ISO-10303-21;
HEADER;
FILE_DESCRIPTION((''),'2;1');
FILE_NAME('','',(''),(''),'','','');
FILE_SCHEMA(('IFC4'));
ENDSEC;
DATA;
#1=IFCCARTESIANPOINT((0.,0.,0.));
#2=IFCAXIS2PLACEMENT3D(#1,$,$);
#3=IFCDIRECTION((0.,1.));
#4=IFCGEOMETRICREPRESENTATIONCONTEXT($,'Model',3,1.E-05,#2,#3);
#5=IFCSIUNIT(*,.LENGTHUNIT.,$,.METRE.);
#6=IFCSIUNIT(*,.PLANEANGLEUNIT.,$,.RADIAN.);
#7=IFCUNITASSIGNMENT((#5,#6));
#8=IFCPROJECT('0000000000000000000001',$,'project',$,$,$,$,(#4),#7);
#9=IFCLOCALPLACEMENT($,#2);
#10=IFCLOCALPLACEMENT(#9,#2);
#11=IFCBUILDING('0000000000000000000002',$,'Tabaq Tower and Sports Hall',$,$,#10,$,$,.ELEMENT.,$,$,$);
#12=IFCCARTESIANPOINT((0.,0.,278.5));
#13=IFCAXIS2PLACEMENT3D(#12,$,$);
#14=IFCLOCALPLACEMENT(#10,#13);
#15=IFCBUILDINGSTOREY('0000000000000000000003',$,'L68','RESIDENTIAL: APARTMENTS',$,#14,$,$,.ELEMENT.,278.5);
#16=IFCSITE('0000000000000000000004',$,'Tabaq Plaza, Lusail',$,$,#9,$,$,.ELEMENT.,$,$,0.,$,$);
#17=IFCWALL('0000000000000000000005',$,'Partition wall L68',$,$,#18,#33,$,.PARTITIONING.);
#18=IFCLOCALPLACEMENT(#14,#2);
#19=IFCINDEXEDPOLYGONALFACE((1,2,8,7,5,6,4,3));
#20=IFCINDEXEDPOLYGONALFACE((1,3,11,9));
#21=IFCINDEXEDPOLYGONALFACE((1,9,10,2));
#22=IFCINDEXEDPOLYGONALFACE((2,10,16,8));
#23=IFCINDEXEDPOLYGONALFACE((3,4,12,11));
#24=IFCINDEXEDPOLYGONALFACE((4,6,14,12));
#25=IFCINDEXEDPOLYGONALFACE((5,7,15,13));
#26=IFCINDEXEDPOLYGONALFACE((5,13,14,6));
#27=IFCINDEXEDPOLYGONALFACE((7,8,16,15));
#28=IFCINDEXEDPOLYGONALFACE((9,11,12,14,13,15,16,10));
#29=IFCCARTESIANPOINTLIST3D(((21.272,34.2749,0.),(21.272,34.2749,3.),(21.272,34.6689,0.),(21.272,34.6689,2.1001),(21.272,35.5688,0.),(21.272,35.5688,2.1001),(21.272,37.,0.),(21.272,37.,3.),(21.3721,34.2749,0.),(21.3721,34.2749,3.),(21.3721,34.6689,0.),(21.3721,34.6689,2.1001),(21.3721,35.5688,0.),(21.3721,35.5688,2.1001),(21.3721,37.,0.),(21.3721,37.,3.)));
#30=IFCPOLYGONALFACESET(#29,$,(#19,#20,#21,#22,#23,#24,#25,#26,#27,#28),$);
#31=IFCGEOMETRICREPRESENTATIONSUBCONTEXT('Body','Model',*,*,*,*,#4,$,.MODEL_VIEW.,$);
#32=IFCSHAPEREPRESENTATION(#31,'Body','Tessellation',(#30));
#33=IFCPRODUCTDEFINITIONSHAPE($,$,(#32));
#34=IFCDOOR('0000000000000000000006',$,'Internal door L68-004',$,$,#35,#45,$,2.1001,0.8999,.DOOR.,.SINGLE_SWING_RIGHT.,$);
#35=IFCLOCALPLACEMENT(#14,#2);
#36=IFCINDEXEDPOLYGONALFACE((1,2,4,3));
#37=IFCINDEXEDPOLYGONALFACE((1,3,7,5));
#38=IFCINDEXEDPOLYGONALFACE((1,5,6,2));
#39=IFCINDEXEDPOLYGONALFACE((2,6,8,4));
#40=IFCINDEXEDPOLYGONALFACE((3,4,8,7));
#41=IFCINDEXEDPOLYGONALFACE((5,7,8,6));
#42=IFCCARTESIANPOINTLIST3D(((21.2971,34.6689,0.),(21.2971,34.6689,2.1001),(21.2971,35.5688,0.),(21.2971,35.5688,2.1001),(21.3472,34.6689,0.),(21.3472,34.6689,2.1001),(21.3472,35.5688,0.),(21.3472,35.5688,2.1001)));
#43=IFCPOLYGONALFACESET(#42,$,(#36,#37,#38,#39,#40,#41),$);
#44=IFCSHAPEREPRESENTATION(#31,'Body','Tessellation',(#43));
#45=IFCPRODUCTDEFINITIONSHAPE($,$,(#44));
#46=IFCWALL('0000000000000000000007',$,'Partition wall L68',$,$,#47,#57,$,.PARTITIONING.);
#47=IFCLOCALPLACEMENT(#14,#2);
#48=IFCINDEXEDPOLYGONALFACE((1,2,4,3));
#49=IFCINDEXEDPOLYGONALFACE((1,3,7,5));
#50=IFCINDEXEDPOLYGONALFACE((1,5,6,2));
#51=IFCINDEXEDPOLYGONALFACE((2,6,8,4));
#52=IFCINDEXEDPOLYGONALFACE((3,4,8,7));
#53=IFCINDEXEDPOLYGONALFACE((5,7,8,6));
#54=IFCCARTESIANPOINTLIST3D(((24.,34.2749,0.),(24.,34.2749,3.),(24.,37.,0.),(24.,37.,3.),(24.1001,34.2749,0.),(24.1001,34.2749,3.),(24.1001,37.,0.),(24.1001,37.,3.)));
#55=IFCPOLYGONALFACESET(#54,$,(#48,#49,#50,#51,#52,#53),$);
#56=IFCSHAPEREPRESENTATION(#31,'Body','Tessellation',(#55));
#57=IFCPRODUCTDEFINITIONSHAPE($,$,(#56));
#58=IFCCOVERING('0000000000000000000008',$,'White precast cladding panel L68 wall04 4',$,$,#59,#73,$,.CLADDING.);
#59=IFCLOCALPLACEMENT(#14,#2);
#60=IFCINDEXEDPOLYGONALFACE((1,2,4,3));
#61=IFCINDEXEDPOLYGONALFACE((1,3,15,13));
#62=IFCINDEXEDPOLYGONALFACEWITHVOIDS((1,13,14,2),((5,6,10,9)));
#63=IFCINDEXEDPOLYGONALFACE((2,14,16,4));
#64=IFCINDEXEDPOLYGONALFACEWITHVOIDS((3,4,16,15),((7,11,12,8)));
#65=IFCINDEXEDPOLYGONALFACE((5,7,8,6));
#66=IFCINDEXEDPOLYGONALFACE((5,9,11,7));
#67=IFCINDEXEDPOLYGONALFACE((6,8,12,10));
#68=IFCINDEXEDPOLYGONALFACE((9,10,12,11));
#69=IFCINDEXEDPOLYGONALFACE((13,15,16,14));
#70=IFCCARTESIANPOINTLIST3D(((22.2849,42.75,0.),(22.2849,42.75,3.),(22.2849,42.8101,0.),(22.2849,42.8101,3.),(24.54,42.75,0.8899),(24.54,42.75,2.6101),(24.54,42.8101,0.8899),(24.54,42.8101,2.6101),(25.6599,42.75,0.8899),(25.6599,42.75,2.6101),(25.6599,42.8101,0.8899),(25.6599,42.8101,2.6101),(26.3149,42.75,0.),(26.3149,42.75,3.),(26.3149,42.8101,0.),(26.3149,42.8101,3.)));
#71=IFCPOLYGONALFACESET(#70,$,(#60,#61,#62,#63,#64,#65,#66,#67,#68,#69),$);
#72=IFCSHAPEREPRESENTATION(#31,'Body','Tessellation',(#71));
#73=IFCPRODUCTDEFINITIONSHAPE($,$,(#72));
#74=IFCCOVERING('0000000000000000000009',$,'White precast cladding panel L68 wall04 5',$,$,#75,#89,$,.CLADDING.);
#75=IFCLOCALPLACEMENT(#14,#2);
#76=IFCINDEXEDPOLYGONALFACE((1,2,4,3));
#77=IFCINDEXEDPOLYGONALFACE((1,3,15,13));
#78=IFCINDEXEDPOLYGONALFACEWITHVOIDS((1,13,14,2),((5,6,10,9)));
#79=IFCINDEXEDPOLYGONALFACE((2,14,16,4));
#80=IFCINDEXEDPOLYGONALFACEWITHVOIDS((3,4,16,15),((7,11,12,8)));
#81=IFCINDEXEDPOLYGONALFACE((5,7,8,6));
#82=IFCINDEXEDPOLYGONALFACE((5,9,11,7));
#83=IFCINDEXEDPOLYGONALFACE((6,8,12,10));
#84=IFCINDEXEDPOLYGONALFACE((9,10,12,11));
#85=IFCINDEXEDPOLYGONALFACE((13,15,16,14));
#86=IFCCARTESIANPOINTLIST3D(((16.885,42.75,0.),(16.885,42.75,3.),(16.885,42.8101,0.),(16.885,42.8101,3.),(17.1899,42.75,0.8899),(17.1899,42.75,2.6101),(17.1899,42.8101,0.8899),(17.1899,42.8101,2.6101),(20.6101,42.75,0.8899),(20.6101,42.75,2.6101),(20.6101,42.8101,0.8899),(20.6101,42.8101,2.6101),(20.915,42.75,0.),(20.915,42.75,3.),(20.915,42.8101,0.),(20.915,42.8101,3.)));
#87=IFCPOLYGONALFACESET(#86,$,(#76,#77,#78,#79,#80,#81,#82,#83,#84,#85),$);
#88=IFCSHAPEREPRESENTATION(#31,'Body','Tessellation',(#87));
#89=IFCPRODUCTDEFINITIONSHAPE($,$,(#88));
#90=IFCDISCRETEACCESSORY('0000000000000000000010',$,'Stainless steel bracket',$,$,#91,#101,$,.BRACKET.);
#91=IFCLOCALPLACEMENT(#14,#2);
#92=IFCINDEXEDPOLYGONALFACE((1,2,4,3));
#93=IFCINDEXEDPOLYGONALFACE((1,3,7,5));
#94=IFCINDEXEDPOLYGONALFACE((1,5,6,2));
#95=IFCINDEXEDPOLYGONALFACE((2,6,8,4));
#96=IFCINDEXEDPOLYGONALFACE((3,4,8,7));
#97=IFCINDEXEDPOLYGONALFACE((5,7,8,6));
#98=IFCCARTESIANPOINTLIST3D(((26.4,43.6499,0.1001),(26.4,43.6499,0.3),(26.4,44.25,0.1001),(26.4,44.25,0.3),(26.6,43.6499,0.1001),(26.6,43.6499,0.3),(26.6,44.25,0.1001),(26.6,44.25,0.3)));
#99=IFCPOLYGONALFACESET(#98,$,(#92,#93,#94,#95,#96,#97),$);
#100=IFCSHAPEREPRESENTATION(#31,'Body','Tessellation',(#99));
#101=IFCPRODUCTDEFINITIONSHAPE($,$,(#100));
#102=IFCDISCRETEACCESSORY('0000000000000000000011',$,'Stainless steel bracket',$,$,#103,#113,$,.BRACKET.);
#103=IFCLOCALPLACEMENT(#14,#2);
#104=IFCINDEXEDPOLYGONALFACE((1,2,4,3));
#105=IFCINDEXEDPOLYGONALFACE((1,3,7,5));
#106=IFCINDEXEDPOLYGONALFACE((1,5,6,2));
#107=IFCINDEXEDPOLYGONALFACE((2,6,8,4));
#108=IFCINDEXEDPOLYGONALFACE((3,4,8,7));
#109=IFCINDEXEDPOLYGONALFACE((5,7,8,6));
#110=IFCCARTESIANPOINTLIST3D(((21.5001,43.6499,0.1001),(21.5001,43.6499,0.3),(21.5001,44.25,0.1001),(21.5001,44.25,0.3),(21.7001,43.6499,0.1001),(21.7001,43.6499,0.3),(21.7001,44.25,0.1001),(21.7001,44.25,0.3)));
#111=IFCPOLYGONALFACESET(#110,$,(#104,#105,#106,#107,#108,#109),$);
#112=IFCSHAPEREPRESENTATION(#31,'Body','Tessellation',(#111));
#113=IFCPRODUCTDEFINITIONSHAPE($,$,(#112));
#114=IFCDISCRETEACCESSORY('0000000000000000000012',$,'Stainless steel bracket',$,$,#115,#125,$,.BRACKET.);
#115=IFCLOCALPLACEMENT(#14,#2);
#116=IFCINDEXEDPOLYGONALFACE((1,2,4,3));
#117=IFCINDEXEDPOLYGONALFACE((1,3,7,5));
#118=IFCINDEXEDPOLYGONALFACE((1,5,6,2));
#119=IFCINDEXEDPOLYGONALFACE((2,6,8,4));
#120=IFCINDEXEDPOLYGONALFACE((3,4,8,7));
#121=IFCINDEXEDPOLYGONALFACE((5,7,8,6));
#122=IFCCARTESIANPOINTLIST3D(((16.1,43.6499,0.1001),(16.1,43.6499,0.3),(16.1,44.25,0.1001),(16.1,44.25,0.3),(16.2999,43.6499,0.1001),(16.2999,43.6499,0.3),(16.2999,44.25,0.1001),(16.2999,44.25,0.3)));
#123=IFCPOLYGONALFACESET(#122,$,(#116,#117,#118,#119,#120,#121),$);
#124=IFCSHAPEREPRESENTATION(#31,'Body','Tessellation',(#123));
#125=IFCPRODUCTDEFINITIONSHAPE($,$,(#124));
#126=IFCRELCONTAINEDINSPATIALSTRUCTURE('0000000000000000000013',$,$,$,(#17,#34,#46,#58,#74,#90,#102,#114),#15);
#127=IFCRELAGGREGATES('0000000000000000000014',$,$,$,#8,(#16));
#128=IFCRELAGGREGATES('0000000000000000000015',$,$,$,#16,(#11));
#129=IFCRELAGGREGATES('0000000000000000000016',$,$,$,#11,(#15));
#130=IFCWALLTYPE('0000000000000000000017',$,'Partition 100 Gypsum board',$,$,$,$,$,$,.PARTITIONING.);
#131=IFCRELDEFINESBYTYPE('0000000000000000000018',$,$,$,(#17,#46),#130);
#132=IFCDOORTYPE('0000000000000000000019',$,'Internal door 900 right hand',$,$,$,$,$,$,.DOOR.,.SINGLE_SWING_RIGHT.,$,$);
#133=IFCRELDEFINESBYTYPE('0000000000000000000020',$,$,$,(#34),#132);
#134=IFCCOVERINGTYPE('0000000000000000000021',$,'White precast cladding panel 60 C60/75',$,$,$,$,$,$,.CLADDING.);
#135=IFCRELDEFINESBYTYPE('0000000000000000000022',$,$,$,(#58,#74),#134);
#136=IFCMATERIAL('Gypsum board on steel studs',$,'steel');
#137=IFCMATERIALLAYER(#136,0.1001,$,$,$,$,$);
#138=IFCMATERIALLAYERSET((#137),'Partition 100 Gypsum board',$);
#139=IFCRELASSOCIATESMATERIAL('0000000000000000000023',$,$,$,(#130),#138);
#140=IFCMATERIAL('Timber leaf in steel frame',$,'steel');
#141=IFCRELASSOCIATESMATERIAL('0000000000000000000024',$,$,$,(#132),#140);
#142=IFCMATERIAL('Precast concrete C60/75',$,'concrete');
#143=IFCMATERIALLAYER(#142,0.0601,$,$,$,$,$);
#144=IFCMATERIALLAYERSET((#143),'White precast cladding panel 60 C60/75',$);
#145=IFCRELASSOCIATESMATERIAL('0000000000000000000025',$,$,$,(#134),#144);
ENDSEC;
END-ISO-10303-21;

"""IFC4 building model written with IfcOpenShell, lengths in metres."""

from ifc_helpers import new_model, si_unit, direction, frame, frame_2d, origin, origin_2d, place, context, subcontext, project, spatial, polyline, rectangle, outline, extrude, material, layer, layer_set, type_object, element, fill, save


model = new_model("IFC4")

# Units and contexts
model_context = context("Model", 3, precision=1e-05, world=origin(), true_north=direction((0.0, 1.0)))
body_context = subcontext(model_context, "Body", "Model", "MODEL_VIEW")
ifc_project = project(units=[si_unit("LENGTHUNIT", "METRE"), si_unit("PLANEANGLEUNIT", "RADIAN")], contexts=[model_context])

# Site, building, storey
site_placement = place(None, origin())
site = spatial("IfcSite", under=ifc_project, at=site_placement, Name="Tabaq Plaza, Lusail", CompositionType="ELEMENT", RefElevation=0.0)
building_placement = place(site_placement, origin())
building = spatial("IfcBuilding", under=site, at=building_placement, Name="Tabaq Tower and Sports Hall", CompositionType="ELEMENT")
storey_placement = place(building_placement, frame((0.0, 0.0, 278.5)))
storey = spatial("IfcBuildingStorey", under=building, at=storey_placement, Name="L68", Description="RESIDENTIAL: APARTMENTS", CompositionType="ELEMENT", Elevation=278.5)

# Shared definitions
ifc_material_1 = material(Name="Gypsum board on steel studs", Category="steel")
ifc_layer_1 = layer(ifc_material_1, 0.1001)
ifc_layer_set_1 = layer_set([ifc_layer_1], Name="Partition 100 Gypsum board")
wall_type = type_object("IfcWallType", Name="Partition 100 Gypsum board", PredefinedType="PARTITIONING", material=ifc_layer_set_1)
ifc_material_2 = material(Name="Timber leaf in steel frame", Category="steel")
door_type_1 = type_object("IfcDoorType", Name="Internal door 900 right hand", OperationType="SINGLE_SWING_RIGHT", PredefinedType="DOOR", material=ifc_material_2)

# Wall, opening, door
wall_1_placement = place(storey_placement, frame((21.322, 34.2749, 0.0), z_axis=(0.0, 0.0, 1.0), x_axis=(0.0, 1.0, 0.0)))
wall_1 = element("IfcWall", 1, at=wall_1_placement, inside=storey, type_object=wall_type, Name="Partition wall L68", PredefinedType="PARTITIONING", context=body_context, shape_type="SweptSolid", body=[
    extrude(rectangle(XDim=2.7251, YDim=0.1001, at=frame_2d((1.3625, 0.0))), origin(), (0.0, 0.0, 1.0), 3.0),
])
opening_1_placement = place(wall_1_placement, frame((0.394, 0.0, 0.0)))
opening_1 = element("IfcOpeningElement", 2, at=opening_1_placement, cuts=wall_1, PredefinedType="OPENING", context=body_context, shape_type="SweptSolid", body=[
    extrude(rectangle(XDim=0.8999, YDim=2.1001, at=frame_2d((0.45, 1.05))), frame((0.0, 0.05, 0.0), z_axis=(0.0, -1.0, 0.0), x_axis=(1.0, 0.0, 0.0)), (0.0, 0.0, 1.0), 0.1001),
])
door_1_placement = place(opening_1_placement, origin())
door_1 = element("IfcDoor", 3, at=door_1_placement, inside=storey, type_object=door_type_1, Name="Internal door L68-004", OperationType="SINGLE_SWING_RIGHT", OverallHeight=2.1001, OverallWidth=0.8999, PredefinedType="DOOR", context=body_context, shape_type="SweptSolid", body=[
    extrude(rectangle(XDim=0.8999, YDim=2.1001, at=frame_2d((0.45, 1.05))), frame((0.0, 0.0249, 0.0), z_axis=(0.0, -1.0, 0.0), x_axis=(1.0, 0.0, 0.0)), (0.0, 0.0, 1.0), 0.05),
])
fill(opening_1, door_1)

# Wall
wall_2_placement = place(storey_placement, frame((24.05, 34.2749, 0.0), z_axis=(0.0, 0.0, 1.0), x_axis=(0.0, 1.0, 0.0)))
element("IfcWall", 4, at=wall_2_placement, inside=storey, type_object=wall_type, Name="Partition wall L68", PredefinedType="PARTITIONING", context=body_context, shape_type="SweptSolid", body=[
    extrude(rectangle(XDim=2.7251, YDim=0.1001, at=frame_2d((1.3625, 0.0))), origin(), (0.0, 0.0, 1.0), 3.0),
])

# Coverings
ifc_material_3 = material(Name="Precast concrete C60/75", Category="concrete")
ifc_layer_2 = layer(ifc_material_3, 0.0601)
ifc_layer_set_2 = layer_set([ifc_layer_2], Name="White precast cladding panel 60 C60/75")
covering_type = type_object("IfcCoveringType", Name="White precast cladding panel 60 C60/75", PredefinedType="CLADDING", material=ifc_layer_set_2)
covering_1_placement = place(storey_placement, frame((26.3149, 42.78, 0.0), z_axis=(0.0, 0.0, 1.0), x_axis=(-1.0, 0.0, 0.0)))
element("IfcCovering", 5, at=covering_1_placement, inside=storey, type_object=covering_type, Name="White precast cladding panel L68 wall04 4", PredefinedType="CLADDING", context=body_context, shape_type="SweptSolid", body=[
    extrude(outline(polyline([(0.0, 0.0), (4.03, 0.0), (4.03, 3.0), (0.0, 3.0), (0.0, 0.0)]), holes=[polyline([(0.655, 0.8899), (0.655, 2.6101), (1.7749, 2.6101), (1.7749, 0.8899), (0.655, 0.8899)])]), frame((0.0, 0.03, 0.0), z_axis=(0.0, -1.0, 0.0), x_axis=(1.0, 0.0, 0.0)), (0.0, 0.0, 1.0), 0.0601),
])
covering_2_placement = place(storey_placement, frame((20.915, 42.78, 0.0), z_axis=(0.0, 0.0, 1.0), x_axis=(-1.0, 0.0, 0.0)))
element("IfcCovering", 6, at=covering_2_placement, inside=storey, type_object=covering_type, Name="White precast cladding panel L68 wall04 5", PredefinedType="CLADDING", context=body_context, shape_type="SweptSolid", body=[
    extrude(outline(polyline([(0.0, 0.0), (4.03, 0.0), (4.03, 3.0), (0.0, 3.0), (0.0, 0.0)]), holes=[polyline([(0.3049, 0.8899), (0.3049, 2.6101), (3.7251, 2.6101), (3.7251, 0.8899), (0.3049, 0.8899)])]), frame((0.0, 0.03, 0.0), z_axis=(0.0, -1.0, 0.0), x_axis=(1.0, 0.0, 0.0)), (0.0, 0.0, 1.0), 0.0601),
])

# Discrete accessories
for number, where, z_axis, x_axis, name in (
    (7, (26.5, 43.95, 0.1001), (0.0, 0.0, 1.0), (0.0, 1.0, 0.0), "Stainless steel bracket"),
    (8, (21.6001, 43.95, 0.1001), (0.0, 0.0, 1.0), (0.0, 1.0, 0.0), "Stainless steel bracket"),
    (9, (16.2, 43.95, 0.1001), (0.0, 0.0, 1.0), (0.0, 1.0, 0.0), "Stainless steel bracket"),
):
    element("IfcDiscreteAccessory", number, at=place(storey_placement, frame(where, z_axis=z_axis, x_axis=x_axis)), inside=storey, Name=name, PredefinedType="BRACKET", context=body_context, shape_type="SweptSolid", body=[
        extrude(rectangle(XDim=0.6001, YDim=0.2, at=origin_2d()), origin(), (0.0, 0.0, 1.0), 0.2),
    ])

save(model, "model.ifc")
